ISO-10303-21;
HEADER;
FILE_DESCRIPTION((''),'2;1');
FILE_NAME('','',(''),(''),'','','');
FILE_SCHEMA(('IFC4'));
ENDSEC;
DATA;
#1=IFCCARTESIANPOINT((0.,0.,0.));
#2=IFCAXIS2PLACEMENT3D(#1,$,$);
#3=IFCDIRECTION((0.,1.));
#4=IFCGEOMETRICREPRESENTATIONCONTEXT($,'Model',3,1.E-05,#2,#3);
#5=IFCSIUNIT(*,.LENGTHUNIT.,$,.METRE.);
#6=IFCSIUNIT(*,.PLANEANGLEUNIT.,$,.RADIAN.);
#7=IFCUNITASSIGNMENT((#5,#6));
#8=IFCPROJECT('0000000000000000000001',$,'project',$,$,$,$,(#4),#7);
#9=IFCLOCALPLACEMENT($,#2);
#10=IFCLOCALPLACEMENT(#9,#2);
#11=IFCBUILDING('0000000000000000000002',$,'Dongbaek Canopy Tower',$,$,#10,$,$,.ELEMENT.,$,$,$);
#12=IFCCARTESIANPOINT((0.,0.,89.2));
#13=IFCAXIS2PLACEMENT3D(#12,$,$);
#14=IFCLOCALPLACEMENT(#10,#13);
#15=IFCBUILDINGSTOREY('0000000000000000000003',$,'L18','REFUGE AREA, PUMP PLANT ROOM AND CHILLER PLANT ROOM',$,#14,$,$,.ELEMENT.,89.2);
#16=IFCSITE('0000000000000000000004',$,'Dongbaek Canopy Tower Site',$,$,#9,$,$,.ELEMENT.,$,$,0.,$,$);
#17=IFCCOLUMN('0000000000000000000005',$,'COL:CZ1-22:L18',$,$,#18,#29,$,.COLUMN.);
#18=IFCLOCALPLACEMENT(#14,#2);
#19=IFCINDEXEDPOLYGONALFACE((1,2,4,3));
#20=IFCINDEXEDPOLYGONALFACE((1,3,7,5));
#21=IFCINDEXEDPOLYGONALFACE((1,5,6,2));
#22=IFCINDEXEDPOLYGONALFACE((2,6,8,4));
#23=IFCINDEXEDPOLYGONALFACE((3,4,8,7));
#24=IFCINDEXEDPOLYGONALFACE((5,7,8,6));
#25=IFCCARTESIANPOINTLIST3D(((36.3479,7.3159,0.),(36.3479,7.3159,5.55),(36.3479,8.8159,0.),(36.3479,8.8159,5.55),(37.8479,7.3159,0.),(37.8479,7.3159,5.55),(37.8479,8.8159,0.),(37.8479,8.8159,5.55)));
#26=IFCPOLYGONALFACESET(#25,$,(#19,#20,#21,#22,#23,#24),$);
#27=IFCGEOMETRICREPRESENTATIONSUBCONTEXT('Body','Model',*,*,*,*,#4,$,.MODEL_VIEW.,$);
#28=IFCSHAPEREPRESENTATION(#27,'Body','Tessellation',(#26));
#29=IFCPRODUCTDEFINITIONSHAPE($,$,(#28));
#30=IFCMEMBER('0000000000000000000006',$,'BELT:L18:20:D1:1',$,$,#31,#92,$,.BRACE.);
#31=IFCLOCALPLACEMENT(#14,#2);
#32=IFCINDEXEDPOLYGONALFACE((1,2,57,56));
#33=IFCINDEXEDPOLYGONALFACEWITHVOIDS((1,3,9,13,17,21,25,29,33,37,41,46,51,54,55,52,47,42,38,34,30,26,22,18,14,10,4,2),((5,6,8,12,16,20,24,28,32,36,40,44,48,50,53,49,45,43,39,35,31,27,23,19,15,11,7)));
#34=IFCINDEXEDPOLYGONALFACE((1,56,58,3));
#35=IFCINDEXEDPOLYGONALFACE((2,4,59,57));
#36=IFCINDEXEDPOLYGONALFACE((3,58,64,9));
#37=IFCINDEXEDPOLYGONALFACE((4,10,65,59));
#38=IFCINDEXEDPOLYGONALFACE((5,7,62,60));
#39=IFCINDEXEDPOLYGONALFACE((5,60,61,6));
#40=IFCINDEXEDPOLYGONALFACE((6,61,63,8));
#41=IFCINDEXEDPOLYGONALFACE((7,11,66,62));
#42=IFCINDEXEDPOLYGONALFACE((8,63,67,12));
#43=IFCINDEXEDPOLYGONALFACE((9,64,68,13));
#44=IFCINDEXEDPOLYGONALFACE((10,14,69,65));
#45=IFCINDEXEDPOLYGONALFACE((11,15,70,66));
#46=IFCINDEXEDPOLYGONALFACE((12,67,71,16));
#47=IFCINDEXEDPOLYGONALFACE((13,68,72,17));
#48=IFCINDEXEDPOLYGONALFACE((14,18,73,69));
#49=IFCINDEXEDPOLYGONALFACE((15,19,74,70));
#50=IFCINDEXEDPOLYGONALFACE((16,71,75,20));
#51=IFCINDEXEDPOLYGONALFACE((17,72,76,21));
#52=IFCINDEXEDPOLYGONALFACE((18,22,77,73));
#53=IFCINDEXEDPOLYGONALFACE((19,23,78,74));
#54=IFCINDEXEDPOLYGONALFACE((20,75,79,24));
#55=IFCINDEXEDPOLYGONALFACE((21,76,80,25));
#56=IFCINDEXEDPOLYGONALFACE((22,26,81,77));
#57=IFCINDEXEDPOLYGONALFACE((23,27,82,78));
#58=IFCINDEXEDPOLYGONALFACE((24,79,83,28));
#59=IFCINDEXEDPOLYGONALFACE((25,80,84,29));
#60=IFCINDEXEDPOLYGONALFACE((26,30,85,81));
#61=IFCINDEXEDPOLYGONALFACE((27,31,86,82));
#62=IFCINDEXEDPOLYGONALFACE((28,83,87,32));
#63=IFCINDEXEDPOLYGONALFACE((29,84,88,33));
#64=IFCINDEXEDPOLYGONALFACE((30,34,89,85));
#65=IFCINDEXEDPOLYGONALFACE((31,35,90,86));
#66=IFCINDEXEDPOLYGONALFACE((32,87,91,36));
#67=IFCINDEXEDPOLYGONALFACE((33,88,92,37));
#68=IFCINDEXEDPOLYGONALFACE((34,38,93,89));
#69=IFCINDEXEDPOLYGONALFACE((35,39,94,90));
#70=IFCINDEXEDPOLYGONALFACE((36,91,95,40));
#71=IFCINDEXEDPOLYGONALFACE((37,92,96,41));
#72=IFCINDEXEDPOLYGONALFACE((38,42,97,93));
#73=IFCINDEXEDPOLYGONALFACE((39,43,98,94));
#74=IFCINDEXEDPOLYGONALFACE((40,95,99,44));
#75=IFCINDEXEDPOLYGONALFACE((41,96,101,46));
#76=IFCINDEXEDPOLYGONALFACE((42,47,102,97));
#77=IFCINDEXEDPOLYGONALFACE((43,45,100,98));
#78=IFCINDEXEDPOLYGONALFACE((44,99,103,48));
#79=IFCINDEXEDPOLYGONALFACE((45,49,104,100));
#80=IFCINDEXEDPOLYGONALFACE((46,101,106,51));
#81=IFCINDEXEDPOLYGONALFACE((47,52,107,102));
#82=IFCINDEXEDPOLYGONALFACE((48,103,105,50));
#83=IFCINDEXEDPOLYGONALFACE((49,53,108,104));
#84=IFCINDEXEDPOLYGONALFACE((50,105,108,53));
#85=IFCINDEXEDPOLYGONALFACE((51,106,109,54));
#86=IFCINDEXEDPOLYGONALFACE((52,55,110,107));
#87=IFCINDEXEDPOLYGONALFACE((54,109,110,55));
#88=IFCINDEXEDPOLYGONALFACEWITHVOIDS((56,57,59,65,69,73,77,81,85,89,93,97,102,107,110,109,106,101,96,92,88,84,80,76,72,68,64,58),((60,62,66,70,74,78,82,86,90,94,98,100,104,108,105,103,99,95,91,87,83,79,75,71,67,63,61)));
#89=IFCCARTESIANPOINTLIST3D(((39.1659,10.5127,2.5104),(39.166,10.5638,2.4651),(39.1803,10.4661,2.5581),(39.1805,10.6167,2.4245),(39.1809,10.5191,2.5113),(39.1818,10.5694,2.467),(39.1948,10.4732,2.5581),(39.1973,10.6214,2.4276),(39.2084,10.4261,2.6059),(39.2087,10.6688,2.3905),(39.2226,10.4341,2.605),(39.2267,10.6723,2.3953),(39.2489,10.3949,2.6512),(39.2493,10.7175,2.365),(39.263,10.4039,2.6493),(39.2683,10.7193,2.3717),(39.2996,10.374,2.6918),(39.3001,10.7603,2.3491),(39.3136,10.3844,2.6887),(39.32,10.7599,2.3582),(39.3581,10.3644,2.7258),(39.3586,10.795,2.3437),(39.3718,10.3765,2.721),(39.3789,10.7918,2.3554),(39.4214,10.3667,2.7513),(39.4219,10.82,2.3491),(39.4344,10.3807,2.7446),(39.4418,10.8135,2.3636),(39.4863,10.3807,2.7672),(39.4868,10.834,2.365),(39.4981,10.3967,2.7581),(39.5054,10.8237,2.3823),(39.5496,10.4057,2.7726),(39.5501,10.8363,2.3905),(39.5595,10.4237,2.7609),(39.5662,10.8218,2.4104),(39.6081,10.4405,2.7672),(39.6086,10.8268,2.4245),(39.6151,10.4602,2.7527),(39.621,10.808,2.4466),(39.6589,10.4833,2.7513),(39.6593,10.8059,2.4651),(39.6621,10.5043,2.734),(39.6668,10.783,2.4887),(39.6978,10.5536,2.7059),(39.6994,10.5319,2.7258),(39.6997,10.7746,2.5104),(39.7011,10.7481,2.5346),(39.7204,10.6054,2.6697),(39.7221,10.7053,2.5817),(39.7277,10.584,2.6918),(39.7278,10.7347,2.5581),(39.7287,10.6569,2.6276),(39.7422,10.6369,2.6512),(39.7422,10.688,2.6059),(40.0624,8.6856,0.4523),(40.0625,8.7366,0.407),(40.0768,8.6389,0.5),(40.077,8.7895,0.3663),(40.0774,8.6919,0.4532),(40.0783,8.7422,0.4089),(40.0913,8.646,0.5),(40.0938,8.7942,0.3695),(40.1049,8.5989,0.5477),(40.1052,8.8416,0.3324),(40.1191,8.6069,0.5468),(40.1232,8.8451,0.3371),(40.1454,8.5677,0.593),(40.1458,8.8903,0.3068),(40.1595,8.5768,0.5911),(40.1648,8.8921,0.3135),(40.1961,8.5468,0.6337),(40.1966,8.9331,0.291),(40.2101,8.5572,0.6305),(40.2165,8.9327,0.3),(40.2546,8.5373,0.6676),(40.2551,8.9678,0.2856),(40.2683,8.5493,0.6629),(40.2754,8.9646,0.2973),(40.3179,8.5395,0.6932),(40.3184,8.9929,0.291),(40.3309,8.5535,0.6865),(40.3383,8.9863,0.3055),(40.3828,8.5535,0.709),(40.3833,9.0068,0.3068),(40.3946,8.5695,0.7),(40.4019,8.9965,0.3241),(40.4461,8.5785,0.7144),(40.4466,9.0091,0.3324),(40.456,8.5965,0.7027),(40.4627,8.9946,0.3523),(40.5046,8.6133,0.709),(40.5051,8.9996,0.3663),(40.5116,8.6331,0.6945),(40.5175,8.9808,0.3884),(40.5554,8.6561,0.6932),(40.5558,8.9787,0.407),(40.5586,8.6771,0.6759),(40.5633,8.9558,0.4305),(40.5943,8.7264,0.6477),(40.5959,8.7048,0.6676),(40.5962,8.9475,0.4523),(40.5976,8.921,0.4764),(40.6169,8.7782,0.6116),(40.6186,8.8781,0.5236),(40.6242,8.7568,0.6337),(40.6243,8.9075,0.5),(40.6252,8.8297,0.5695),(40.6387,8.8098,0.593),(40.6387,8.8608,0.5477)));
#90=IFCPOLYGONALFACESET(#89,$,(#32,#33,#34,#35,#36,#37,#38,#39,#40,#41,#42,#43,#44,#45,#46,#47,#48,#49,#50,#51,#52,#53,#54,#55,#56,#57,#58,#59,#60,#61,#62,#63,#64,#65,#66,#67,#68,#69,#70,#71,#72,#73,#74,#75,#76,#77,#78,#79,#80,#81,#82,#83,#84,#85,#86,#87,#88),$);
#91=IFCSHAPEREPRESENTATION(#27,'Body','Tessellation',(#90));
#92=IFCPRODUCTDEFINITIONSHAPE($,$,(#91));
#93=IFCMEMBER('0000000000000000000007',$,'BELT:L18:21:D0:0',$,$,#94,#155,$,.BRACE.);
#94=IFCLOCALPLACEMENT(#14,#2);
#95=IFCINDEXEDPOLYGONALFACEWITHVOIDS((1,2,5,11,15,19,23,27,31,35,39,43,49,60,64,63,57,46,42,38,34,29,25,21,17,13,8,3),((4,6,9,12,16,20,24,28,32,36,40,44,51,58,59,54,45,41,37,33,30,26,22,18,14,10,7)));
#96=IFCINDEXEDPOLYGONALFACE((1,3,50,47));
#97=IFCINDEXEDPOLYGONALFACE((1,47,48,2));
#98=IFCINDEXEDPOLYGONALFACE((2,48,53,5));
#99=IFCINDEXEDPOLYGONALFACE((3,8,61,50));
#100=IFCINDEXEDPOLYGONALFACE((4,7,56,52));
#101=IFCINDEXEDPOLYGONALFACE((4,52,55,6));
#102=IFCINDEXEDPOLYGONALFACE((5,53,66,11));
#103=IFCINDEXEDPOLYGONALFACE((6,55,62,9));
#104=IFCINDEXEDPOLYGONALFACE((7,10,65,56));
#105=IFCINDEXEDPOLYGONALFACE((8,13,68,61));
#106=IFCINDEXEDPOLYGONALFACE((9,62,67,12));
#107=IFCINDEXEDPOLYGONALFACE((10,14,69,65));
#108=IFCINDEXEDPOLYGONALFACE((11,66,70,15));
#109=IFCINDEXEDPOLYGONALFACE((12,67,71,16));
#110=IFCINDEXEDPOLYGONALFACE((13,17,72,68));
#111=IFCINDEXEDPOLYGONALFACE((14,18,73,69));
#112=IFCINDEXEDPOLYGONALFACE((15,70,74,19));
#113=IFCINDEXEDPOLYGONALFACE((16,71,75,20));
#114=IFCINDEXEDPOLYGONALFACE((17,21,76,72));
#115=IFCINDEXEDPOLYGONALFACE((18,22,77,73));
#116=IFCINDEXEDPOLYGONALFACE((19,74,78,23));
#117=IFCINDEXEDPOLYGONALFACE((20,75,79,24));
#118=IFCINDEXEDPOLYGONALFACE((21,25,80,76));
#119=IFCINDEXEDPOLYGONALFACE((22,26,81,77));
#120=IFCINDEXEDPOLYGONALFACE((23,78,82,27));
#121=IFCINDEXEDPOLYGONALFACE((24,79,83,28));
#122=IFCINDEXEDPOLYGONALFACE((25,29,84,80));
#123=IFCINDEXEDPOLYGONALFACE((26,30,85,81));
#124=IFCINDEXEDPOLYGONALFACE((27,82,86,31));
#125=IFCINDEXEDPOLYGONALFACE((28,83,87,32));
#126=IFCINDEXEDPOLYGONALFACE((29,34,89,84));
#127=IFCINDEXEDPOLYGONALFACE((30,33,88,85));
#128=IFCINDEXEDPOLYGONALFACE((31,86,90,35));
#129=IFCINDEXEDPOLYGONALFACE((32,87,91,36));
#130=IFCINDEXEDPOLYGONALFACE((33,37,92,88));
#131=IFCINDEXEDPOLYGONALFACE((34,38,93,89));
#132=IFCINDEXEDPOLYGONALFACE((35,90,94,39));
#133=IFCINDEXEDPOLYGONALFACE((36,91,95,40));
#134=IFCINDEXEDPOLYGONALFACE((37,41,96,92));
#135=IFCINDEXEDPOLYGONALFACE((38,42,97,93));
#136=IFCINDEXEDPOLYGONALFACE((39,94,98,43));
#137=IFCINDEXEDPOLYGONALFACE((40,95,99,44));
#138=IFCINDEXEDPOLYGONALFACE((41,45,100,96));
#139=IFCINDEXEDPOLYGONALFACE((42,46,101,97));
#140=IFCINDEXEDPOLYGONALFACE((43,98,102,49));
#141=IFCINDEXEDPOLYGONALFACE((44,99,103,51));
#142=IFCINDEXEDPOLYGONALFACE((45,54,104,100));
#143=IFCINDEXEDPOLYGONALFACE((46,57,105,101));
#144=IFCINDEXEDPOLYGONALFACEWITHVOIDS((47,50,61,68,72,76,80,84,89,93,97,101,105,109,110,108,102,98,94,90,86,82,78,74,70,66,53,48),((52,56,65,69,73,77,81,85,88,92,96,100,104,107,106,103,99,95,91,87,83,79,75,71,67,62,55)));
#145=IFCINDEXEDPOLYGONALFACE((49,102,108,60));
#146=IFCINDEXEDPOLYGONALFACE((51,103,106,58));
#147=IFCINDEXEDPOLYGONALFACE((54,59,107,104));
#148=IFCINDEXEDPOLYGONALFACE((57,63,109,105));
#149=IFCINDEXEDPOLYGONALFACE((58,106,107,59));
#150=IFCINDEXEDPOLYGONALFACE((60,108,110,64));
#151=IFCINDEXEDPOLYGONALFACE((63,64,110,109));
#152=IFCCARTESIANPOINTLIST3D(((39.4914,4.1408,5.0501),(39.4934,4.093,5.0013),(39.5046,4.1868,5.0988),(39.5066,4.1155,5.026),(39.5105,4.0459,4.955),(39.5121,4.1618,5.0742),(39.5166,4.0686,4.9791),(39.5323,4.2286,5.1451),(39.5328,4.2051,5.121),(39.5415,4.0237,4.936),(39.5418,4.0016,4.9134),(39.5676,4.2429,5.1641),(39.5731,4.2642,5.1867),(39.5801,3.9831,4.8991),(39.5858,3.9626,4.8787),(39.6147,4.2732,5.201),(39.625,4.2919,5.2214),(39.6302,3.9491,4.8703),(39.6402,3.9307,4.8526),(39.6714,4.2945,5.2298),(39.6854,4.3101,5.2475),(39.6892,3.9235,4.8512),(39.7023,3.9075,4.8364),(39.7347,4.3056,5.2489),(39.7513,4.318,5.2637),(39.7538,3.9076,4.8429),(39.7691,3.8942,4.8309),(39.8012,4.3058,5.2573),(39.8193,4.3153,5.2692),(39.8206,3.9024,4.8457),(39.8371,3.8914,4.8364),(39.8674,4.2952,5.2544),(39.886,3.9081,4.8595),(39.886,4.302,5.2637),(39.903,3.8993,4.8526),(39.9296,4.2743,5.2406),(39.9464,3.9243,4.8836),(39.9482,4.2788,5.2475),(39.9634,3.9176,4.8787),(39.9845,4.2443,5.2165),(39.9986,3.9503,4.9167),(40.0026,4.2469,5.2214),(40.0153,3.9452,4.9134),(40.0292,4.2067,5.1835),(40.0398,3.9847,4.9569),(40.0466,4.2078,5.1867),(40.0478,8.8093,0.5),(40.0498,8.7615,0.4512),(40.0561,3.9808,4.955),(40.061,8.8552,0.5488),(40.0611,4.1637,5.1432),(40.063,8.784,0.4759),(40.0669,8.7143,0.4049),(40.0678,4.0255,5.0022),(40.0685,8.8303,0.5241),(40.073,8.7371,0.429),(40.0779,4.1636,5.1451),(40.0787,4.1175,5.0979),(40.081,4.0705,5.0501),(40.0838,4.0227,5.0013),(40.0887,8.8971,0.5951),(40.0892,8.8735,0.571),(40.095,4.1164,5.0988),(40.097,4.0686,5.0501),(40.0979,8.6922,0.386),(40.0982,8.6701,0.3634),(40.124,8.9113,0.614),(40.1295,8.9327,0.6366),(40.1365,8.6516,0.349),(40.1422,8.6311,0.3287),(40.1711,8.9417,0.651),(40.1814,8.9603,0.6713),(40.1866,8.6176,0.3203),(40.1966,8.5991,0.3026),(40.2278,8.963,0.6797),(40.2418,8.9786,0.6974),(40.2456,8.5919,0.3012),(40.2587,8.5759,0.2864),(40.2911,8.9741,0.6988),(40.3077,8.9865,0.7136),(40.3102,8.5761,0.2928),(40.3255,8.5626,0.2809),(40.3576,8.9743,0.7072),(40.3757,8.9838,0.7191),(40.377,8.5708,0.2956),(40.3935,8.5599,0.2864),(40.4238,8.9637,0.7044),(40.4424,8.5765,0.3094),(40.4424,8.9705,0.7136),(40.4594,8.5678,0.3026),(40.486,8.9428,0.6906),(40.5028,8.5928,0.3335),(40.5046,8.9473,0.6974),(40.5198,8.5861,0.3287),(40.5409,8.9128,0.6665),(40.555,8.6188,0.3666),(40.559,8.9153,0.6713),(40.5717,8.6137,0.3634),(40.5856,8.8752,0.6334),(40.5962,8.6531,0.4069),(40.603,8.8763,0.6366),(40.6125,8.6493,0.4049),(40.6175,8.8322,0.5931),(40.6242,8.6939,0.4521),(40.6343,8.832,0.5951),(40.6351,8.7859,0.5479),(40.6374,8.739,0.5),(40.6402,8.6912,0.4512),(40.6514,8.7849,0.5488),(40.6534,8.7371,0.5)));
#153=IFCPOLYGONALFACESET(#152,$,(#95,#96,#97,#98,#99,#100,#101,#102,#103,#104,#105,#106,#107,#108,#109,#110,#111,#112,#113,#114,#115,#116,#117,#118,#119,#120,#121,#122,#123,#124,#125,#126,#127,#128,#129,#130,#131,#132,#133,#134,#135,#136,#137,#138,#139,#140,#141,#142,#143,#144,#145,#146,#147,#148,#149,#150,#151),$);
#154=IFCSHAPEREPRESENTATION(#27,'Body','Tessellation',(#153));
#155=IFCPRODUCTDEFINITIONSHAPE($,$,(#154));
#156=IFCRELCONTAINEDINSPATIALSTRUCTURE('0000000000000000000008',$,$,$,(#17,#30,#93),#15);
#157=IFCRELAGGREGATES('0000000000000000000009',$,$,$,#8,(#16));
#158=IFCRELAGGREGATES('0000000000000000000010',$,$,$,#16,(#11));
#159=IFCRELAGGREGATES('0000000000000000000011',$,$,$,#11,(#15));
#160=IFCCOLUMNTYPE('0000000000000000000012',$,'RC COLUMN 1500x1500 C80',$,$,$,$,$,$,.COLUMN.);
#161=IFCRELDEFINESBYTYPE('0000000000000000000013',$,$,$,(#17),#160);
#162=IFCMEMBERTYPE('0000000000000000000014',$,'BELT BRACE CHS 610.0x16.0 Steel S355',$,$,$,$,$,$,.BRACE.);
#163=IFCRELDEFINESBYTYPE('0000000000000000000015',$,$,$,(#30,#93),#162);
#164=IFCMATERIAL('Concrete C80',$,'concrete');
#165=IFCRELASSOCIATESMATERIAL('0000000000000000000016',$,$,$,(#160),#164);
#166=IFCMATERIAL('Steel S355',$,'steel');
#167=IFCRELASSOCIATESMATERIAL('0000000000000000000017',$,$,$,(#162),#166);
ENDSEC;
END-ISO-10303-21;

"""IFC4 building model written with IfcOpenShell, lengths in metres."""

from ifc_helpers import new_model, si_unit, direction, frame, origin, origin_2d, place, context, subcontext, project, spatial, rectangle, hollow_circle, extrude, material, material_profile, profile_set, type_object, element, save


model = new_model("IFC4")

# Units and contexts
model_context = context("Model", 3, precision=1e-05, world=origin(), true_north=direction((0.0, 1.0)))
body_context = subcontext(model_context, "Body", "Model", "MODEL_VIEW")
ifc_project = project(units=[si_unit("LENGTHUNIT", "METRE"), si_unit("PLANEANGLEUNIT", "RADIAN")], contexts=[model_context])

# Site, building, storey
site_placement = place(None, origin())
site = spatial("IfcSite", under=ifc_project, at=site_placement, Name="Dongbaek Canopy Tower Site", CompositionType="ELEMENT", RefElevation=0.0)
building_placement = place(site_placement, origin())
building = spatial("IfcBuilding", under=site, at=building_placement, Name="Dongbaek Canopy Tower", CompositionType="ELEMENT")
storey_placement = place(building_placement, frame((0.0, 0.0, 89.2)))
storey = spatial("IfcBuildingStorey", under=building, at=storey_placement, Name="L18", Description="REFUGE AREA, PUMP PLANT ROOM AND CHILLER PLANT ROOM", CompositionType="ELEMENT", Elevation=89.2)

# Column
ifc_material_1 = material(Name="Concrete C80", Category="concrete")
ifc_material_profile_1 = material_profile(ifc_material_1, rectangle(XDim=1.5, YDim=1.5, at=origin_2d()), Name="RC COLUMN 1500x1500 C80")
ifc_profile_set_1 = profile_set([ifc_material_profile_1], Name="Concrete C80")
column_type = type_object("IfcColumnType", Name="RC COLUMN 1500x1500 C80", PredefinedType="COLUMN", material=ifc_profile_set_1)
column_placement = place(storey_placement, frame((37.0979, 8.0659, 0.0), z_axis=(0.0, 0.0, 1.0), x_axis=(1.0, 0.0, 0.0)))
element("IfcColumn", 1, at=column_placement, inside=storey, type_object=column_type, Name="COL:CZ1-22:L18", PredefinedType="COLUMN", context=body_context, shape_type="SweptSolid", body=[
    extrude(rectangle(XDim=1.5, YDim=1.5, at=origin_2d()), origin(), (0.0, 0.0, 1.0), 5.55),
])

# Members
ifc_material_2 = material(Name="Steel S355", Category="steel")
ifc_material_profile_2 = material_profile(ifc_material_2, hollow_circle(Radius=0.3049, WallThickness=0.0161, at=origin_2d()), Name="BELT BRACE CHS 610.0x16.0 Steel S355")
ifc_profile_set_2 = profile_set([ifc_material_profile_2], Name="Steel S355")
member_type_1 = type_object("IfcMemberType", Name="BELT BRACE CHS 610.0x16.0 Steel S355", PredefinedType="BRACE", material=ifc_profile_set_2)
member_1_placement = place(storey_placement, frame((40.3506, 8.7732, 0.5), z_axis=(-0.309723, 0.631255, 0.711048), x_axis=(-0.897761, -0.440483, 0.0)))
element("IfcMember", 2, at=member_1_placement, inside=storey, type_object=member_type_1, Name="BELT:L18:20:D1:1", PredefinedType="BRACE", context=body_context, shape_type="SweptSolid", body=[
    extrude(hollow_circle(Radius=0.3049, WallThickness=0.0161, at=origin_2d()), origin(), (0.0, 0.0, 1.0), 2.8945),
])
member_2_placement = place(storey_placement, frame((40.3506, 8.7732, 0.5), z_axis=(-0.085041, -0.713536, 0.695438), x_axis=(0.992973, -0.118345, 0.0)))
element("IfcMember", 3, at=member_2_placement, inside=storey, type_object=member_type_1, Name="BELT:L18:21:D0:0", PredefinedType="BRACE", context=body_context, shape_type="SweptSolid", body=[
    extrude(hollow_circle(Radius=0.3049, WallThickness=0.0161, at=origin_2d()), origin(), (0.0, 0.0, 1.0), 6.5427),
])

save(model, "model.ifc")
